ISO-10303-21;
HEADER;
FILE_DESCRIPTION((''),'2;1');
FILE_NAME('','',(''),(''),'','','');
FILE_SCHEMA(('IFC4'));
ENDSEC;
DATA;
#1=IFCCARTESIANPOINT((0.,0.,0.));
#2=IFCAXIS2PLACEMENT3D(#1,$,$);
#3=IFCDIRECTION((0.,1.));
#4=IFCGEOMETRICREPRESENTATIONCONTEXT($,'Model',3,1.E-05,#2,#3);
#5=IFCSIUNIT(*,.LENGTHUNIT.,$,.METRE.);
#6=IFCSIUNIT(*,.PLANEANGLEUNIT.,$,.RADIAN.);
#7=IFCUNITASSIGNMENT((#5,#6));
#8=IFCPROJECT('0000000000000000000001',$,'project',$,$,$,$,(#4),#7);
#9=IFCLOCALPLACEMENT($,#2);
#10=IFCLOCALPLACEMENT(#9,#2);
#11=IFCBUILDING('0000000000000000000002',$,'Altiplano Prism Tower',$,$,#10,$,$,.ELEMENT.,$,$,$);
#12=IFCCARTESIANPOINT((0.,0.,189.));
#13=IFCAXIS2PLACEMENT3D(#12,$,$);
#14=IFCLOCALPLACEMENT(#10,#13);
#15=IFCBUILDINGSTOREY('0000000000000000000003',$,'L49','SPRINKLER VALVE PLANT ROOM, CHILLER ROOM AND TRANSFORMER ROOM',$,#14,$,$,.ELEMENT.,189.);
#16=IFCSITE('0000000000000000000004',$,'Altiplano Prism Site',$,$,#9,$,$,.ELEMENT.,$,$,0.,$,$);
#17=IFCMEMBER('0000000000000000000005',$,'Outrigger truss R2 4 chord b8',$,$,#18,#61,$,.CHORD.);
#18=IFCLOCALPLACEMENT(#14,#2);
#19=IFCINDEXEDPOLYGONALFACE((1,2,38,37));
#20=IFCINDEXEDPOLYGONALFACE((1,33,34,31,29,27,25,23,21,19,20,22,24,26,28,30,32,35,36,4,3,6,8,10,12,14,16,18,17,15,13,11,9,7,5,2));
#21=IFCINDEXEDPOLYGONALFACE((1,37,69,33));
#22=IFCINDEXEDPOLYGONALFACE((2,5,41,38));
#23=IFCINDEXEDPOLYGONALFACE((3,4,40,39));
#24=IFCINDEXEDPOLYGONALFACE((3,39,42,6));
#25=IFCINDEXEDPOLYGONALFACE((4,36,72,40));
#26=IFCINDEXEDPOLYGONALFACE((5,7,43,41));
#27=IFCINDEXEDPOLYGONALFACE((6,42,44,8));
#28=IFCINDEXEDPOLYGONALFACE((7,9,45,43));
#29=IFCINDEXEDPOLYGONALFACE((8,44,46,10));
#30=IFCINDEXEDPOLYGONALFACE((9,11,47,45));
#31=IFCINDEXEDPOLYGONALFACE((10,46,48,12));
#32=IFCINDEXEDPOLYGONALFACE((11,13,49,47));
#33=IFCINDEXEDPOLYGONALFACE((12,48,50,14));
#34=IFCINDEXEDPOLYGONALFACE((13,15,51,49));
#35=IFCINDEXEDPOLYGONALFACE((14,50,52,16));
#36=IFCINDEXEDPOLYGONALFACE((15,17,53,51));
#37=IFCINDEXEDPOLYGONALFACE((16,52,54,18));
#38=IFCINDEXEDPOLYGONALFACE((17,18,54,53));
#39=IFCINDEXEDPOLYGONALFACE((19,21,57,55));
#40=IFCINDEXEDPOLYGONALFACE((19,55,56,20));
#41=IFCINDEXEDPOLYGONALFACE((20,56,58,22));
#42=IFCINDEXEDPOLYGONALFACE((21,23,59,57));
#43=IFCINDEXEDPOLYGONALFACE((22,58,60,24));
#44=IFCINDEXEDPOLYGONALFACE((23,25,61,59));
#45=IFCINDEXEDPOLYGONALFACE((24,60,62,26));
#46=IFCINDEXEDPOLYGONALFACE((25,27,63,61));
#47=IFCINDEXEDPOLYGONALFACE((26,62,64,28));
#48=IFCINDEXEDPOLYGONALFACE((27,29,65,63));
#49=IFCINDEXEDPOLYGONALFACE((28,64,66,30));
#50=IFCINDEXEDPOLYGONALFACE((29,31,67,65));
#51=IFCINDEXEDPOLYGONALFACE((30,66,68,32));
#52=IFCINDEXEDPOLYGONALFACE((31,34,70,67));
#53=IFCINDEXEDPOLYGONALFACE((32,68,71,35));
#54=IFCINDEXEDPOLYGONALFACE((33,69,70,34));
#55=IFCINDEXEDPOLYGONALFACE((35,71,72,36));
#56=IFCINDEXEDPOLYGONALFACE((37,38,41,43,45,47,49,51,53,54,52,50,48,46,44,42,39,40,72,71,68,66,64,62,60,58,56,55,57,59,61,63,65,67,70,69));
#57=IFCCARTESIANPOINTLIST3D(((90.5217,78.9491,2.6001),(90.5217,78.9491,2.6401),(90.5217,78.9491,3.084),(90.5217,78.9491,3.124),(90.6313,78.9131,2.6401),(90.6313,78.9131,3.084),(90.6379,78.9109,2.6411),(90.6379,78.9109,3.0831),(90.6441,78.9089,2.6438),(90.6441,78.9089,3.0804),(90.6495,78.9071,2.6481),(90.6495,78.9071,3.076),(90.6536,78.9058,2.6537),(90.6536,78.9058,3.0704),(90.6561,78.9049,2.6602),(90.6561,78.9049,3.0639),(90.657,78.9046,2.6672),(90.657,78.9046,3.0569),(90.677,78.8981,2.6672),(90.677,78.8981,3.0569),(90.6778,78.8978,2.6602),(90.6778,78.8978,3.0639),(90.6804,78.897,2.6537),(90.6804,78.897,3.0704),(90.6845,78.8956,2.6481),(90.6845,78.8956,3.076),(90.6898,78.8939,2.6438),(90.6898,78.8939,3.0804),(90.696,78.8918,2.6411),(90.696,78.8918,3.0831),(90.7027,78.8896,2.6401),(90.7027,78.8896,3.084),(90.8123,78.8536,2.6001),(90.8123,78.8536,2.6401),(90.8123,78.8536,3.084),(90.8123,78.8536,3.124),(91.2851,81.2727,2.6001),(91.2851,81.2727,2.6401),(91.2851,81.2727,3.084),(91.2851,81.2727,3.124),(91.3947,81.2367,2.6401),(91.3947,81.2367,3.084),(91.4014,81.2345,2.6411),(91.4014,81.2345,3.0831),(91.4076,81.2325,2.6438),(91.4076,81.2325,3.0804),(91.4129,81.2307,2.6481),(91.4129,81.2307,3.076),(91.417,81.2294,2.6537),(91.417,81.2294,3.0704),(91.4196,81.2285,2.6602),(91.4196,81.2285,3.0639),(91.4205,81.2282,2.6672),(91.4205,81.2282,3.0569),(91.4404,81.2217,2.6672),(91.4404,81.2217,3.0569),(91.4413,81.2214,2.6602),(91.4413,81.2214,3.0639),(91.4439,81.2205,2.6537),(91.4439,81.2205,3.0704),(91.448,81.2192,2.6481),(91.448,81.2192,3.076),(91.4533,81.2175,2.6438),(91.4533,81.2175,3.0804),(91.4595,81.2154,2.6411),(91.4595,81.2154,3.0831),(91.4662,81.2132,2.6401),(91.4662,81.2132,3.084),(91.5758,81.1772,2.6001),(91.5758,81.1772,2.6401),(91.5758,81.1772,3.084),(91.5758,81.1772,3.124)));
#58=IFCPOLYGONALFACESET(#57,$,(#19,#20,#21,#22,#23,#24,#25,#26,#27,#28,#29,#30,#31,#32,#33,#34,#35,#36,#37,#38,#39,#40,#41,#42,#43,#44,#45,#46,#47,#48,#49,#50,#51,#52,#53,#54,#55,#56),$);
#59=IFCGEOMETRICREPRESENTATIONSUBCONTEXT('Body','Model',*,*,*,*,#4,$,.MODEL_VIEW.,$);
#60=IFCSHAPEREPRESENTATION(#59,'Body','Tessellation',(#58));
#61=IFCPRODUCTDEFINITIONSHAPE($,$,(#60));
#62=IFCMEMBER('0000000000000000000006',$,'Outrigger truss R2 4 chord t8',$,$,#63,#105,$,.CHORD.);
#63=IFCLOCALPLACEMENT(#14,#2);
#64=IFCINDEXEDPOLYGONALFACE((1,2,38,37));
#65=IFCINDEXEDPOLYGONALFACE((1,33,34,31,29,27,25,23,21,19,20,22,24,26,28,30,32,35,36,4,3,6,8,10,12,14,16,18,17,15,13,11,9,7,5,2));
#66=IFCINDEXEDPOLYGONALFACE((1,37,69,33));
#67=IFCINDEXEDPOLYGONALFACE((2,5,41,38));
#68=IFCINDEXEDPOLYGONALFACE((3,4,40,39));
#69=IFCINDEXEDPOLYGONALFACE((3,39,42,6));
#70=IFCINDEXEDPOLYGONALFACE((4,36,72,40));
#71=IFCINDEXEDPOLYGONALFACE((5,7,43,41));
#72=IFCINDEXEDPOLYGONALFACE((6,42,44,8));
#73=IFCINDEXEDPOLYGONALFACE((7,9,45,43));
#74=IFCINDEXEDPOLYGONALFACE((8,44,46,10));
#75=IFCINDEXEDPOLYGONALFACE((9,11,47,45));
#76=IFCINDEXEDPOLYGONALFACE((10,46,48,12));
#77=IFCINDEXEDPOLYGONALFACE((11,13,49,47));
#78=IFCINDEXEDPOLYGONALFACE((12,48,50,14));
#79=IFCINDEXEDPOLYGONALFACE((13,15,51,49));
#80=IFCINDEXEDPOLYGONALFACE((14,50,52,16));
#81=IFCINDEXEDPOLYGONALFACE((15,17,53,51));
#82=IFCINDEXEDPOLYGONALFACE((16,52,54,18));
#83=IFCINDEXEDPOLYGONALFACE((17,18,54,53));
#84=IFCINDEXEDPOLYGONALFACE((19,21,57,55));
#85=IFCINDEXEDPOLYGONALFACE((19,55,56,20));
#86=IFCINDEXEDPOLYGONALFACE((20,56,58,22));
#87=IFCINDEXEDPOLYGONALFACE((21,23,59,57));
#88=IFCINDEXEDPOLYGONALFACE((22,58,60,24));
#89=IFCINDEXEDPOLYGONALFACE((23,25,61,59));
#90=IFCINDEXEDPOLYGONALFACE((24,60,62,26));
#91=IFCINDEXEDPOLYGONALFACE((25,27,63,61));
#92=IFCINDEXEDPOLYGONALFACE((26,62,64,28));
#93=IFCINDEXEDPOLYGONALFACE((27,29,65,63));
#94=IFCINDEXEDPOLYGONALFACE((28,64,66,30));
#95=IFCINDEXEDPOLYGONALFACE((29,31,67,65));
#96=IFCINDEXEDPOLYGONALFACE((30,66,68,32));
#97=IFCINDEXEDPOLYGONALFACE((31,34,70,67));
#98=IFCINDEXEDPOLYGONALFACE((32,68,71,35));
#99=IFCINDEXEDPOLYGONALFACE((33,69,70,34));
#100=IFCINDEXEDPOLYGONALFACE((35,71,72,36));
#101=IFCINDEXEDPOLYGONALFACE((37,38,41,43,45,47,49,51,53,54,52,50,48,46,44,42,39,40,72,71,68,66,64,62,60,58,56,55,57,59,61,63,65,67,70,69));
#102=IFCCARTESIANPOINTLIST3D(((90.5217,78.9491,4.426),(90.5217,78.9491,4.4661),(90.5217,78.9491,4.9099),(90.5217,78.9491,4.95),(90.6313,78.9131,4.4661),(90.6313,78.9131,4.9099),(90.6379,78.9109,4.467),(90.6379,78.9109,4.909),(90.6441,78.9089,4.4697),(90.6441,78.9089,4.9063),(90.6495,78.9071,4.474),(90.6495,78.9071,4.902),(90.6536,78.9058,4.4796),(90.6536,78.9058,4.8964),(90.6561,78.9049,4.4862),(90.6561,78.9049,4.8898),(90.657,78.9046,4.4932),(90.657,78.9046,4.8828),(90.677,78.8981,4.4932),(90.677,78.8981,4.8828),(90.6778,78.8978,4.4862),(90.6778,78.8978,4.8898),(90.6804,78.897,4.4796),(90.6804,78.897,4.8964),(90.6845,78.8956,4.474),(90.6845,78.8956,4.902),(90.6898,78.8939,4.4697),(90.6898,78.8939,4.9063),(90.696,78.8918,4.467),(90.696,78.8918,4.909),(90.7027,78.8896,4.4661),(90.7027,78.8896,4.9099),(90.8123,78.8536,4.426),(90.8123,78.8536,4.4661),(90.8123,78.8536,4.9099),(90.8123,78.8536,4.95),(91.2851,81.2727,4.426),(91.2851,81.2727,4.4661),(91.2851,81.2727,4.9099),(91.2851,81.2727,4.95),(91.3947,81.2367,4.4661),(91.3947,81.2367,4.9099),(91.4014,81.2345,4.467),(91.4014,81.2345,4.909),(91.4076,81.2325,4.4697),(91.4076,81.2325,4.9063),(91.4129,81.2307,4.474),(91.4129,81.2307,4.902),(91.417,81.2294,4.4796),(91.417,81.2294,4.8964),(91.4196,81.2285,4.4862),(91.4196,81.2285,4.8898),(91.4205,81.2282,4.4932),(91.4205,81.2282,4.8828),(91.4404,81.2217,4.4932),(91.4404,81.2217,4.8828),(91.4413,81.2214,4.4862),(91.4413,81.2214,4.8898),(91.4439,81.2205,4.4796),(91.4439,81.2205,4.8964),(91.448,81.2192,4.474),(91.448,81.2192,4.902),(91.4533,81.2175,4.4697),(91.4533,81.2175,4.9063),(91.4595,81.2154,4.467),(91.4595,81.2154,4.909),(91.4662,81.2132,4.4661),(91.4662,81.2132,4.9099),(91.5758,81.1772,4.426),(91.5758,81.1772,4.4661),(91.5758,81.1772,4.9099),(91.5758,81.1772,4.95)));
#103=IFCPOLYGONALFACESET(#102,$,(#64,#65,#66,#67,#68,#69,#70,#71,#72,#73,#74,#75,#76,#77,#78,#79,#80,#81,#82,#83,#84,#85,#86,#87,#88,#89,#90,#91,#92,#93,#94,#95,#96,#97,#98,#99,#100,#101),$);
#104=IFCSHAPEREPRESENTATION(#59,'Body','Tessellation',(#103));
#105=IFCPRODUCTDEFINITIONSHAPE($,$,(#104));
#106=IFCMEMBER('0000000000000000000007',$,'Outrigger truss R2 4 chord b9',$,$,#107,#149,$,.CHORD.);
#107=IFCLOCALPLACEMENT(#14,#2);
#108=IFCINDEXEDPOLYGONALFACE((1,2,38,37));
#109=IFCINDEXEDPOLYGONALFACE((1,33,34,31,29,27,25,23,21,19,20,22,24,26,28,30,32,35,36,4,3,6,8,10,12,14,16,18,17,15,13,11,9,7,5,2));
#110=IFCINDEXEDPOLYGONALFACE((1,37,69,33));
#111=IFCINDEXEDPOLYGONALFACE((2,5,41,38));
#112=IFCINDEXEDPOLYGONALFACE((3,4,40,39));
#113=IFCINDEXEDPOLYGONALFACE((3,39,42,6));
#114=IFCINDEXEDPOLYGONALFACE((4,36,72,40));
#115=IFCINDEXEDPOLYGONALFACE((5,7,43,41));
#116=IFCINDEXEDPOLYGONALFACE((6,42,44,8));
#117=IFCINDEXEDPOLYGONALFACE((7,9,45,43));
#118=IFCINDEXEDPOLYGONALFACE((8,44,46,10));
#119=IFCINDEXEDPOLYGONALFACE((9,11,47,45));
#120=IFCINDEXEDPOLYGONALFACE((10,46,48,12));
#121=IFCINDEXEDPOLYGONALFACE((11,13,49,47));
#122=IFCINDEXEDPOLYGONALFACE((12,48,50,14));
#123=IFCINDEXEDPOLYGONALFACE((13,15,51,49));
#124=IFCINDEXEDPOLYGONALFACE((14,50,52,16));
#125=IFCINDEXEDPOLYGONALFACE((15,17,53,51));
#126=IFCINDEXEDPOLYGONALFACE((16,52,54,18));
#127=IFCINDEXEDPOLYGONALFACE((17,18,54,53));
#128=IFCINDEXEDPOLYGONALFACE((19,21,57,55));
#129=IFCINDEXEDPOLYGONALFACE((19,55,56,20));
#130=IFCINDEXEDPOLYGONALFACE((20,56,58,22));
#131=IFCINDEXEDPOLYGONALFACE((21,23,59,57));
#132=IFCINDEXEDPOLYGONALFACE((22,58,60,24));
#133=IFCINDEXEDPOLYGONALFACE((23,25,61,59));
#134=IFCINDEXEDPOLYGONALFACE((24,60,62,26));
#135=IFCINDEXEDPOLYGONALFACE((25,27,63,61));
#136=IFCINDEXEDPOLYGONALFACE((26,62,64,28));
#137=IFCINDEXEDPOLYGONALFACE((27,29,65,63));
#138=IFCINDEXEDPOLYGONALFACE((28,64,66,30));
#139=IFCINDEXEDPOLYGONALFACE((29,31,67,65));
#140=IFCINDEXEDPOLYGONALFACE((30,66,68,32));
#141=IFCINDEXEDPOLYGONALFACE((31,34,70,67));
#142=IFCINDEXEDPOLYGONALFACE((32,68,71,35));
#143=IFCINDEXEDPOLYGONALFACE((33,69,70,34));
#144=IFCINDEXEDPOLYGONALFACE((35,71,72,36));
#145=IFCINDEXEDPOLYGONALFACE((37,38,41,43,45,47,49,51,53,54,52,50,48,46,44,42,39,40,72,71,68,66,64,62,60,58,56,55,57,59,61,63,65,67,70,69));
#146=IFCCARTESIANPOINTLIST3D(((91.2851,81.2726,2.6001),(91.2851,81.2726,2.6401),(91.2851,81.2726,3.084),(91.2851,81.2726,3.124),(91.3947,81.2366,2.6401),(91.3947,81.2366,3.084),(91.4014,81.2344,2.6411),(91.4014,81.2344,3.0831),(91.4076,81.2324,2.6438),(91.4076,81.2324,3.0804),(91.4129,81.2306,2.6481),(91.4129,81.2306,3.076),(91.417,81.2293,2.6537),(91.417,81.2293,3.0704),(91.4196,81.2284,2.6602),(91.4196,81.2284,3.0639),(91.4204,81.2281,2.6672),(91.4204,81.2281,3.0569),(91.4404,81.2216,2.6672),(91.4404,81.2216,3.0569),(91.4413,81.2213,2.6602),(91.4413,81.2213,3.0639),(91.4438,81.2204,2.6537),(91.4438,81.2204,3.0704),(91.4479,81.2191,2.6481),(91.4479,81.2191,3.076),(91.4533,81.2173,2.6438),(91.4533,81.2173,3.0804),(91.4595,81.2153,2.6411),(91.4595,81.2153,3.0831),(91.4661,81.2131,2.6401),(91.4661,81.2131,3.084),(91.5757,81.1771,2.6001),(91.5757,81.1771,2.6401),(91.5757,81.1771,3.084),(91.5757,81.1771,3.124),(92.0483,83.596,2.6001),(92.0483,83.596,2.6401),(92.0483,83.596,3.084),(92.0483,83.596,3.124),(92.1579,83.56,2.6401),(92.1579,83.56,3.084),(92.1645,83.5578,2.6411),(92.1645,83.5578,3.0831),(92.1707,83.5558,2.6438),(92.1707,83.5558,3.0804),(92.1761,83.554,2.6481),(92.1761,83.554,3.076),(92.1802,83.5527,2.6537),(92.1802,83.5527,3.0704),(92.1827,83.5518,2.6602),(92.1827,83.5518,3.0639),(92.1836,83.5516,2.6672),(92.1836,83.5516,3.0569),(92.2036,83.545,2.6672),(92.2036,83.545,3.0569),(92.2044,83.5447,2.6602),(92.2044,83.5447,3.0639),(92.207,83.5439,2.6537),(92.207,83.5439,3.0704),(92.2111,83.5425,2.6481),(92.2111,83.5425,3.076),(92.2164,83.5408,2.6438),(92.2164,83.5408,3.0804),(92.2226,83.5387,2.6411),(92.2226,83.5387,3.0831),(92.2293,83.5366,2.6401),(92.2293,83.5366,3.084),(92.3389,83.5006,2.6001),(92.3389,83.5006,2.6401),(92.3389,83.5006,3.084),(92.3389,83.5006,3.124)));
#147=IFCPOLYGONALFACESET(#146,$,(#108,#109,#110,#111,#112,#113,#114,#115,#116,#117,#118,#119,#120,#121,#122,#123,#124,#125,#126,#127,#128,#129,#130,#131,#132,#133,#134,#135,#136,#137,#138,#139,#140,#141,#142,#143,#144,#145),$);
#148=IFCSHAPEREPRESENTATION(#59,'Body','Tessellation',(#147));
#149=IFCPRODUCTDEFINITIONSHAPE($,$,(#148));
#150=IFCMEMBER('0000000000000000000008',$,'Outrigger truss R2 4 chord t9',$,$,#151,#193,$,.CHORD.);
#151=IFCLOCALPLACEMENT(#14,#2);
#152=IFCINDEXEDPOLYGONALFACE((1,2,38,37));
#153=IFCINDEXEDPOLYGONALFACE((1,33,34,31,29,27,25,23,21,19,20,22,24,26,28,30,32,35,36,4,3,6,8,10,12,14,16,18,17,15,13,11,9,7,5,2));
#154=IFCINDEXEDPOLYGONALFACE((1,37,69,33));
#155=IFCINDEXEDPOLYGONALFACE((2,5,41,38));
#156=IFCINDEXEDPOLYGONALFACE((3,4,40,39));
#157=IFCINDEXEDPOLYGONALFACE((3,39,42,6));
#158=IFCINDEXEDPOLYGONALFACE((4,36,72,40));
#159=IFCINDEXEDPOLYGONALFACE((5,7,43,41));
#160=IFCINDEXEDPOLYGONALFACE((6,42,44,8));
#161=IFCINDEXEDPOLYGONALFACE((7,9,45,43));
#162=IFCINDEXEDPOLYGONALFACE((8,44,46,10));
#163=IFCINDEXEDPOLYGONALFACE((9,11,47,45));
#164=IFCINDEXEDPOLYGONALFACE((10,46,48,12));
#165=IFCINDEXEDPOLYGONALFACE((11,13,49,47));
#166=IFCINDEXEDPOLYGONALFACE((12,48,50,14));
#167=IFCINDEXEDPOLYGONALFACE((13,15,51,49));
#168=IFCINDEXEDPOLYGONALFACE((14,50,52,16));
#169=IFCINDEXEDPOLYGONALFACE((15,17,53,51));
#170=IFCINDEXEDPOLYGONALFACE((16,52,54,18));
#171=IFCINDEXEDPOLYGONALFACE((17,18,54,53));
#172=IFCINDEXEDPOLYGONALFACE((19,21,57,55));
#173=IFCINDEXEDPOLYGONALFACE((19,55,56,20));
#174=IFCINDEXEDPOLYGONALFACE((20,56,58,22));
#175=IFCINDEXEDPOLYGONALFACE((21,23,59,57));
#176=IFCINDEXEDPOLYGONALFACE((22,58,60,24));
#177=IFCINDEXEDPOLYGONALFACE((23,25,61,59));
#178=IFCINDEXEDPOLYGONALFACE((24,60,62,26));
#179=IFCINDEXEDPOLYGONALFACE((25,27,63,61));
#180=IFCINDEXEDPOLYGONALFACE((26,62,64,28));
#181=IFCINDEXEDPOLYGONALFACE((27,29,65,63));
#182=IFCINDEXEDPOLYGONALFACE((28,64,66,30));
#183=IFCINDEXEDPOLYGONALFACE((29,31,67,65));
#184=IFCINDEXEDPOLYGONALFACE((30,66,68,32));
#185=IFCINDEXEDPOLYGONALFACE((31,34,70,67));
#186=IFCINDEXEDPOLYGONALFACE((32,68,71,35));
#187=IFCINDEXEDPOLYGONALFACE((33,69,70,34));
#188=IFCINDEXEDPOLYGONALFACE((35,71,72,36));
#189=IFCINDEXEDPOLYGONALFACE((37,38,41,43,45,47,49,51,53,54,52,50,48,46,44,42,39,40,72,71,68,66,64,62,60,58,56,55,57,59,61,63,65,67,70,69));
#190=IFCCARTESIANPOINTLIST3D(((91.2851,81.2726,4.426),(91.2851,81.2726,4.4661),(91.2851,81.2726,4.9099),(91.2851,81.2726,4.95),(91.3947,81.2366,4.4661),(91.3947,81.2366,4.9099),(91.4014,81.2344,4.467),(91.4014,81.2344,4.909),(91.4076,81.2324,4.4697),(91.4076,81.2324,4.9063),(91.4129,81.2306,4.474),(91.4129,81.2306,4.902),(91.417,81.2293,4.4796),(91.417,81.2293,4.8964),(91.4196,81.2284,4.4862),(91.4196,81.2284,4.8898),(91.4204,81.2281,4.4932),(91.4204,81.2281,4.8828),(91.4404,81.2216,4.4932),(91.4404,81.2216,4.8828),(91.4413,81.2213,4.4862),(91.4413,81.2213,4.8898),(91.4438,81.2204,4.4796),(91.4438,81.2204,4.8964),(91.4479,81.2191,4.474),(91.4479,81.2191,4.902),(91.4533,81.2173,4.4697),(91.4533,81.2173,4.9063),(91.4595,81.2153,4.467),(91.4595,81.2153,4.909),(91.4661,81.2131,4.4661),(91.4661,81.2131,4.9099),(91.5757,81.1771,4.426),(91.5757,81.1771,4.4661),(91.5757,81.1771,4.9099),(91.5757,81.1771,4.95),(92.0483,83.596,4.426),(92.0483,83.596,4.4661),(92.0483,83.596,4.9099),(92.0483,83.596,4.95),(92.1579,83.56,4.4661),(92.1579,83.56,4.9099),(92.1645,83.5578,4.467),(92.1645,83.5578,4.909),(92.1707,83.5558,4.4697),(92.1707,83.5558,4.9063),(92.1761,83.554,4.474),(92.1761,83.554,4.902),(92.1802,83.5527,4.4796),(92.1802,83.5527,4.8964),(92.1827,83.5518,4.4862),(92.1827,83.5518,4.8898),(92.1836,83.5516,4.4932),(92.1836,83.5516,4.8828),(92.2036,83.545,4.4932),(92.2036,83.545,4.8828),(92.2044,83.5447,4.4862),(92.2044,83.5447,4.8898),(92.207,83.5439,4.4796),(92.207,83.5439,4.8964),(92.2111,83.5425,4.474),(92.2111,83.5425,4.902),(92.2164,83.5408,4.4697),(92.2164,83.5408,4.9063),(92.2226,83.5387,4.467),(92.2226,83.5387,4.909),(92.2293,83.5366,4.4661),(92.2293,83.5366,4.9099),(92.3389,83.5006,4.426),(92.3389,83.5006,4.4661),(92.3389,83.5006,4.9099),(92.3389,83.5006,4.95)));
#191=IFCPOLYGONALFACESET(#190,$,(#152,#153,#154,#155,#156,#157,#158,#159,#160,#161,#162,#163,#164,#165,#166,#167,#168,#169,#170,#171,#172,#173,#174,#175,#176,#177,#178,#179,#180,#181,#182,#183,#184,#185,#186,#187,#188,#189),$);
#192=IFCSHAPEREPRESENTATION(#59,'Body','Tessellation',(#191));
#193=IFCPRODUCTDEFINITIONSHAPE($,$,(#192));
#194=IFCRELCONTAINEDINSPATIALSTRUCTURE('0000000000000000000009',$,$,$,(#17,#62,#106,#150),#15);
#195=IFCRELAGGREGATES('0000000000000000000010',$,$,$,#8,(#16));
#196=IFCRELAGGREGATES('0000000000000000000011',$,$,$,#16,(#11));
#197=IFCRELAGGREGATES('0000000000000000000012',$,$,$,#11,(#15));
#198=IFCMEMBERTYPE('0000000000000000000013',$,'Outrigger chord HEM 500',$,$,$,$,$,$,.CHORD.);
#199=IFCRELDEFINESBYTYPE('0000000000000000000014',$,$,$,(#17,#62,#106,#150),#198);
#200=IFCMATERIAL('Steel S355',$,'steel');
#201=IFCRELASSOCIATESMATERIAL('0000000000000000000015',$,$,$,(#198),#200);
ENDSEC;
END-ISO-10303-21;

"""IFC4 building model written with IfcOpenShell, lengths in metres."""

from ifc_helpers import new_model, si_unit, direction, frame, origin, origin_2d, place, context, subcontext, project, spatial, i_section, extrude, material, material_profile, profile_set, type_object, element, save


model = new_model("IFC4")

# Units and contexts
model_context = context("Model", 3, precision=1e-05, world=origin(), true_north=direction((0.0, 1.0)))
body_context = subcontext(model_context, "Body", "Model", "MODEL_VIEW")
ifc_project = project(units=[si_unit("LENGTHUNIT", "METRE"), si_unit("PLANEANGLEUNIT", "RADIAN")], contexts=[model_context])

# Site, building, storey
site_placement = place(None, origin())
site = spatial("IfcSite", under=ifc_project, at=site_placement, Name="Altiplano Prism Site", CompositionType="ELEMENT", RefElevation=0.0)
building_placement = place(site_placement, origin())
building = spatial("IfcBuilding", under=site, at=building_placement, Name="Altiplano Prism Tower", CompositionType="ELEMENT")
storey_placement = place(building_placement, frame((0.0, 0.0, 189.0)))
storey = spatial("IfcBuildingStorey", under=building, at=storey_placement, Name="L49", Description="SPRINKLER VALVE PLANT ROOM, CHILLER ROOM AND TRANSFORMER ROOM", CompositionType="ELEMENT", Elevation=189.0)

# Members
ifc_material_1 = material(Name="Steel S355", Category="steel")
ifc_material_profile_1 = material_profile(ifc_material_1, i_section(OverallWidth=0.3059, OverallDepth=0.5239, WebThickness=0.021, FlangeThickness=0.04, FilletRadius=0.0271, at=origin_2d()), Name="Outrigger chord HEM 500")
ifc_profile_set_1 = profile_set([ifc_material_profile_1], Name="Steel S355")
member_type_1 = type_object("IfcMemberType", Name="Outrigger chord HEM 500", PredefinedType="CHORD", material=ifc_profile_set_1)
for number, where, z_axis, x_axis, name in (
    (1, (90.667, 78.9014, 2.8621), (0.312152, 0.950032, 0.0), (-0.950032, 0.312152, 0.0), "Outrigger truss R2 4 chord b8"),
    (2, (90.667, 78.9014, 4.688), (0.312152, 0.950032, 0.0), (-0.950032, 0.312152, 0.0), "Outrigger truss R2 4 chord t8"),
):
    element("IfcMember", number, at=place(storey_placement, frame(where, z_axis=z_axis, x_axis=x_axis)), inside=storey, type_object=member_type_1, Name=name, PredefinedType="CHORD", context=body_context, shape_type="SweptSolid", body=[
        extrude(i_section(OverallWidth=0.3059, OverallDepth=0.5239, WebThickness=0.021, FlangeThickness=0.04, FilletRadius=0.0271, at=origin_2d()), origin(), (0.0, 0.0, 1.0), 2.4458),
    ])
for number, where, z_axis, x_axis, name in (
    (3, (91.4304, 81.2249, 2.8621), (0.312062, 0.950062, 0.0), (-0.950062, 0.312062, 0.0), "Outrigger truss R2 4 chord b9"),
    (4, (91.4304, 81.2249, 4.688), (0.312062, 0.950062, 0.0), (-0.950062, 0.312062, 0.0), "Outrigger truss R2 4 chord t9"),
):
    element("IfcMember", number, at=place(storey_placement, frame(where, z_axis=z_axis, x_axis=x_axis)), inside=storey, type_object=member_type_1, Name=name, PredefinedType="CHORD", context=body_context, shape_type="SweptSolid", body=[
        extrude(i_section(OverallWidth=0.3059, OverallDepth=0.5239, WebThickness=0.021, FlangeThickness=0.04, FilletRadius=0.0271, at=origin_2d()), origin(), (0.0, 0.0, 1.0), 2.4456),
    ])

save(model, "model.ifc")
